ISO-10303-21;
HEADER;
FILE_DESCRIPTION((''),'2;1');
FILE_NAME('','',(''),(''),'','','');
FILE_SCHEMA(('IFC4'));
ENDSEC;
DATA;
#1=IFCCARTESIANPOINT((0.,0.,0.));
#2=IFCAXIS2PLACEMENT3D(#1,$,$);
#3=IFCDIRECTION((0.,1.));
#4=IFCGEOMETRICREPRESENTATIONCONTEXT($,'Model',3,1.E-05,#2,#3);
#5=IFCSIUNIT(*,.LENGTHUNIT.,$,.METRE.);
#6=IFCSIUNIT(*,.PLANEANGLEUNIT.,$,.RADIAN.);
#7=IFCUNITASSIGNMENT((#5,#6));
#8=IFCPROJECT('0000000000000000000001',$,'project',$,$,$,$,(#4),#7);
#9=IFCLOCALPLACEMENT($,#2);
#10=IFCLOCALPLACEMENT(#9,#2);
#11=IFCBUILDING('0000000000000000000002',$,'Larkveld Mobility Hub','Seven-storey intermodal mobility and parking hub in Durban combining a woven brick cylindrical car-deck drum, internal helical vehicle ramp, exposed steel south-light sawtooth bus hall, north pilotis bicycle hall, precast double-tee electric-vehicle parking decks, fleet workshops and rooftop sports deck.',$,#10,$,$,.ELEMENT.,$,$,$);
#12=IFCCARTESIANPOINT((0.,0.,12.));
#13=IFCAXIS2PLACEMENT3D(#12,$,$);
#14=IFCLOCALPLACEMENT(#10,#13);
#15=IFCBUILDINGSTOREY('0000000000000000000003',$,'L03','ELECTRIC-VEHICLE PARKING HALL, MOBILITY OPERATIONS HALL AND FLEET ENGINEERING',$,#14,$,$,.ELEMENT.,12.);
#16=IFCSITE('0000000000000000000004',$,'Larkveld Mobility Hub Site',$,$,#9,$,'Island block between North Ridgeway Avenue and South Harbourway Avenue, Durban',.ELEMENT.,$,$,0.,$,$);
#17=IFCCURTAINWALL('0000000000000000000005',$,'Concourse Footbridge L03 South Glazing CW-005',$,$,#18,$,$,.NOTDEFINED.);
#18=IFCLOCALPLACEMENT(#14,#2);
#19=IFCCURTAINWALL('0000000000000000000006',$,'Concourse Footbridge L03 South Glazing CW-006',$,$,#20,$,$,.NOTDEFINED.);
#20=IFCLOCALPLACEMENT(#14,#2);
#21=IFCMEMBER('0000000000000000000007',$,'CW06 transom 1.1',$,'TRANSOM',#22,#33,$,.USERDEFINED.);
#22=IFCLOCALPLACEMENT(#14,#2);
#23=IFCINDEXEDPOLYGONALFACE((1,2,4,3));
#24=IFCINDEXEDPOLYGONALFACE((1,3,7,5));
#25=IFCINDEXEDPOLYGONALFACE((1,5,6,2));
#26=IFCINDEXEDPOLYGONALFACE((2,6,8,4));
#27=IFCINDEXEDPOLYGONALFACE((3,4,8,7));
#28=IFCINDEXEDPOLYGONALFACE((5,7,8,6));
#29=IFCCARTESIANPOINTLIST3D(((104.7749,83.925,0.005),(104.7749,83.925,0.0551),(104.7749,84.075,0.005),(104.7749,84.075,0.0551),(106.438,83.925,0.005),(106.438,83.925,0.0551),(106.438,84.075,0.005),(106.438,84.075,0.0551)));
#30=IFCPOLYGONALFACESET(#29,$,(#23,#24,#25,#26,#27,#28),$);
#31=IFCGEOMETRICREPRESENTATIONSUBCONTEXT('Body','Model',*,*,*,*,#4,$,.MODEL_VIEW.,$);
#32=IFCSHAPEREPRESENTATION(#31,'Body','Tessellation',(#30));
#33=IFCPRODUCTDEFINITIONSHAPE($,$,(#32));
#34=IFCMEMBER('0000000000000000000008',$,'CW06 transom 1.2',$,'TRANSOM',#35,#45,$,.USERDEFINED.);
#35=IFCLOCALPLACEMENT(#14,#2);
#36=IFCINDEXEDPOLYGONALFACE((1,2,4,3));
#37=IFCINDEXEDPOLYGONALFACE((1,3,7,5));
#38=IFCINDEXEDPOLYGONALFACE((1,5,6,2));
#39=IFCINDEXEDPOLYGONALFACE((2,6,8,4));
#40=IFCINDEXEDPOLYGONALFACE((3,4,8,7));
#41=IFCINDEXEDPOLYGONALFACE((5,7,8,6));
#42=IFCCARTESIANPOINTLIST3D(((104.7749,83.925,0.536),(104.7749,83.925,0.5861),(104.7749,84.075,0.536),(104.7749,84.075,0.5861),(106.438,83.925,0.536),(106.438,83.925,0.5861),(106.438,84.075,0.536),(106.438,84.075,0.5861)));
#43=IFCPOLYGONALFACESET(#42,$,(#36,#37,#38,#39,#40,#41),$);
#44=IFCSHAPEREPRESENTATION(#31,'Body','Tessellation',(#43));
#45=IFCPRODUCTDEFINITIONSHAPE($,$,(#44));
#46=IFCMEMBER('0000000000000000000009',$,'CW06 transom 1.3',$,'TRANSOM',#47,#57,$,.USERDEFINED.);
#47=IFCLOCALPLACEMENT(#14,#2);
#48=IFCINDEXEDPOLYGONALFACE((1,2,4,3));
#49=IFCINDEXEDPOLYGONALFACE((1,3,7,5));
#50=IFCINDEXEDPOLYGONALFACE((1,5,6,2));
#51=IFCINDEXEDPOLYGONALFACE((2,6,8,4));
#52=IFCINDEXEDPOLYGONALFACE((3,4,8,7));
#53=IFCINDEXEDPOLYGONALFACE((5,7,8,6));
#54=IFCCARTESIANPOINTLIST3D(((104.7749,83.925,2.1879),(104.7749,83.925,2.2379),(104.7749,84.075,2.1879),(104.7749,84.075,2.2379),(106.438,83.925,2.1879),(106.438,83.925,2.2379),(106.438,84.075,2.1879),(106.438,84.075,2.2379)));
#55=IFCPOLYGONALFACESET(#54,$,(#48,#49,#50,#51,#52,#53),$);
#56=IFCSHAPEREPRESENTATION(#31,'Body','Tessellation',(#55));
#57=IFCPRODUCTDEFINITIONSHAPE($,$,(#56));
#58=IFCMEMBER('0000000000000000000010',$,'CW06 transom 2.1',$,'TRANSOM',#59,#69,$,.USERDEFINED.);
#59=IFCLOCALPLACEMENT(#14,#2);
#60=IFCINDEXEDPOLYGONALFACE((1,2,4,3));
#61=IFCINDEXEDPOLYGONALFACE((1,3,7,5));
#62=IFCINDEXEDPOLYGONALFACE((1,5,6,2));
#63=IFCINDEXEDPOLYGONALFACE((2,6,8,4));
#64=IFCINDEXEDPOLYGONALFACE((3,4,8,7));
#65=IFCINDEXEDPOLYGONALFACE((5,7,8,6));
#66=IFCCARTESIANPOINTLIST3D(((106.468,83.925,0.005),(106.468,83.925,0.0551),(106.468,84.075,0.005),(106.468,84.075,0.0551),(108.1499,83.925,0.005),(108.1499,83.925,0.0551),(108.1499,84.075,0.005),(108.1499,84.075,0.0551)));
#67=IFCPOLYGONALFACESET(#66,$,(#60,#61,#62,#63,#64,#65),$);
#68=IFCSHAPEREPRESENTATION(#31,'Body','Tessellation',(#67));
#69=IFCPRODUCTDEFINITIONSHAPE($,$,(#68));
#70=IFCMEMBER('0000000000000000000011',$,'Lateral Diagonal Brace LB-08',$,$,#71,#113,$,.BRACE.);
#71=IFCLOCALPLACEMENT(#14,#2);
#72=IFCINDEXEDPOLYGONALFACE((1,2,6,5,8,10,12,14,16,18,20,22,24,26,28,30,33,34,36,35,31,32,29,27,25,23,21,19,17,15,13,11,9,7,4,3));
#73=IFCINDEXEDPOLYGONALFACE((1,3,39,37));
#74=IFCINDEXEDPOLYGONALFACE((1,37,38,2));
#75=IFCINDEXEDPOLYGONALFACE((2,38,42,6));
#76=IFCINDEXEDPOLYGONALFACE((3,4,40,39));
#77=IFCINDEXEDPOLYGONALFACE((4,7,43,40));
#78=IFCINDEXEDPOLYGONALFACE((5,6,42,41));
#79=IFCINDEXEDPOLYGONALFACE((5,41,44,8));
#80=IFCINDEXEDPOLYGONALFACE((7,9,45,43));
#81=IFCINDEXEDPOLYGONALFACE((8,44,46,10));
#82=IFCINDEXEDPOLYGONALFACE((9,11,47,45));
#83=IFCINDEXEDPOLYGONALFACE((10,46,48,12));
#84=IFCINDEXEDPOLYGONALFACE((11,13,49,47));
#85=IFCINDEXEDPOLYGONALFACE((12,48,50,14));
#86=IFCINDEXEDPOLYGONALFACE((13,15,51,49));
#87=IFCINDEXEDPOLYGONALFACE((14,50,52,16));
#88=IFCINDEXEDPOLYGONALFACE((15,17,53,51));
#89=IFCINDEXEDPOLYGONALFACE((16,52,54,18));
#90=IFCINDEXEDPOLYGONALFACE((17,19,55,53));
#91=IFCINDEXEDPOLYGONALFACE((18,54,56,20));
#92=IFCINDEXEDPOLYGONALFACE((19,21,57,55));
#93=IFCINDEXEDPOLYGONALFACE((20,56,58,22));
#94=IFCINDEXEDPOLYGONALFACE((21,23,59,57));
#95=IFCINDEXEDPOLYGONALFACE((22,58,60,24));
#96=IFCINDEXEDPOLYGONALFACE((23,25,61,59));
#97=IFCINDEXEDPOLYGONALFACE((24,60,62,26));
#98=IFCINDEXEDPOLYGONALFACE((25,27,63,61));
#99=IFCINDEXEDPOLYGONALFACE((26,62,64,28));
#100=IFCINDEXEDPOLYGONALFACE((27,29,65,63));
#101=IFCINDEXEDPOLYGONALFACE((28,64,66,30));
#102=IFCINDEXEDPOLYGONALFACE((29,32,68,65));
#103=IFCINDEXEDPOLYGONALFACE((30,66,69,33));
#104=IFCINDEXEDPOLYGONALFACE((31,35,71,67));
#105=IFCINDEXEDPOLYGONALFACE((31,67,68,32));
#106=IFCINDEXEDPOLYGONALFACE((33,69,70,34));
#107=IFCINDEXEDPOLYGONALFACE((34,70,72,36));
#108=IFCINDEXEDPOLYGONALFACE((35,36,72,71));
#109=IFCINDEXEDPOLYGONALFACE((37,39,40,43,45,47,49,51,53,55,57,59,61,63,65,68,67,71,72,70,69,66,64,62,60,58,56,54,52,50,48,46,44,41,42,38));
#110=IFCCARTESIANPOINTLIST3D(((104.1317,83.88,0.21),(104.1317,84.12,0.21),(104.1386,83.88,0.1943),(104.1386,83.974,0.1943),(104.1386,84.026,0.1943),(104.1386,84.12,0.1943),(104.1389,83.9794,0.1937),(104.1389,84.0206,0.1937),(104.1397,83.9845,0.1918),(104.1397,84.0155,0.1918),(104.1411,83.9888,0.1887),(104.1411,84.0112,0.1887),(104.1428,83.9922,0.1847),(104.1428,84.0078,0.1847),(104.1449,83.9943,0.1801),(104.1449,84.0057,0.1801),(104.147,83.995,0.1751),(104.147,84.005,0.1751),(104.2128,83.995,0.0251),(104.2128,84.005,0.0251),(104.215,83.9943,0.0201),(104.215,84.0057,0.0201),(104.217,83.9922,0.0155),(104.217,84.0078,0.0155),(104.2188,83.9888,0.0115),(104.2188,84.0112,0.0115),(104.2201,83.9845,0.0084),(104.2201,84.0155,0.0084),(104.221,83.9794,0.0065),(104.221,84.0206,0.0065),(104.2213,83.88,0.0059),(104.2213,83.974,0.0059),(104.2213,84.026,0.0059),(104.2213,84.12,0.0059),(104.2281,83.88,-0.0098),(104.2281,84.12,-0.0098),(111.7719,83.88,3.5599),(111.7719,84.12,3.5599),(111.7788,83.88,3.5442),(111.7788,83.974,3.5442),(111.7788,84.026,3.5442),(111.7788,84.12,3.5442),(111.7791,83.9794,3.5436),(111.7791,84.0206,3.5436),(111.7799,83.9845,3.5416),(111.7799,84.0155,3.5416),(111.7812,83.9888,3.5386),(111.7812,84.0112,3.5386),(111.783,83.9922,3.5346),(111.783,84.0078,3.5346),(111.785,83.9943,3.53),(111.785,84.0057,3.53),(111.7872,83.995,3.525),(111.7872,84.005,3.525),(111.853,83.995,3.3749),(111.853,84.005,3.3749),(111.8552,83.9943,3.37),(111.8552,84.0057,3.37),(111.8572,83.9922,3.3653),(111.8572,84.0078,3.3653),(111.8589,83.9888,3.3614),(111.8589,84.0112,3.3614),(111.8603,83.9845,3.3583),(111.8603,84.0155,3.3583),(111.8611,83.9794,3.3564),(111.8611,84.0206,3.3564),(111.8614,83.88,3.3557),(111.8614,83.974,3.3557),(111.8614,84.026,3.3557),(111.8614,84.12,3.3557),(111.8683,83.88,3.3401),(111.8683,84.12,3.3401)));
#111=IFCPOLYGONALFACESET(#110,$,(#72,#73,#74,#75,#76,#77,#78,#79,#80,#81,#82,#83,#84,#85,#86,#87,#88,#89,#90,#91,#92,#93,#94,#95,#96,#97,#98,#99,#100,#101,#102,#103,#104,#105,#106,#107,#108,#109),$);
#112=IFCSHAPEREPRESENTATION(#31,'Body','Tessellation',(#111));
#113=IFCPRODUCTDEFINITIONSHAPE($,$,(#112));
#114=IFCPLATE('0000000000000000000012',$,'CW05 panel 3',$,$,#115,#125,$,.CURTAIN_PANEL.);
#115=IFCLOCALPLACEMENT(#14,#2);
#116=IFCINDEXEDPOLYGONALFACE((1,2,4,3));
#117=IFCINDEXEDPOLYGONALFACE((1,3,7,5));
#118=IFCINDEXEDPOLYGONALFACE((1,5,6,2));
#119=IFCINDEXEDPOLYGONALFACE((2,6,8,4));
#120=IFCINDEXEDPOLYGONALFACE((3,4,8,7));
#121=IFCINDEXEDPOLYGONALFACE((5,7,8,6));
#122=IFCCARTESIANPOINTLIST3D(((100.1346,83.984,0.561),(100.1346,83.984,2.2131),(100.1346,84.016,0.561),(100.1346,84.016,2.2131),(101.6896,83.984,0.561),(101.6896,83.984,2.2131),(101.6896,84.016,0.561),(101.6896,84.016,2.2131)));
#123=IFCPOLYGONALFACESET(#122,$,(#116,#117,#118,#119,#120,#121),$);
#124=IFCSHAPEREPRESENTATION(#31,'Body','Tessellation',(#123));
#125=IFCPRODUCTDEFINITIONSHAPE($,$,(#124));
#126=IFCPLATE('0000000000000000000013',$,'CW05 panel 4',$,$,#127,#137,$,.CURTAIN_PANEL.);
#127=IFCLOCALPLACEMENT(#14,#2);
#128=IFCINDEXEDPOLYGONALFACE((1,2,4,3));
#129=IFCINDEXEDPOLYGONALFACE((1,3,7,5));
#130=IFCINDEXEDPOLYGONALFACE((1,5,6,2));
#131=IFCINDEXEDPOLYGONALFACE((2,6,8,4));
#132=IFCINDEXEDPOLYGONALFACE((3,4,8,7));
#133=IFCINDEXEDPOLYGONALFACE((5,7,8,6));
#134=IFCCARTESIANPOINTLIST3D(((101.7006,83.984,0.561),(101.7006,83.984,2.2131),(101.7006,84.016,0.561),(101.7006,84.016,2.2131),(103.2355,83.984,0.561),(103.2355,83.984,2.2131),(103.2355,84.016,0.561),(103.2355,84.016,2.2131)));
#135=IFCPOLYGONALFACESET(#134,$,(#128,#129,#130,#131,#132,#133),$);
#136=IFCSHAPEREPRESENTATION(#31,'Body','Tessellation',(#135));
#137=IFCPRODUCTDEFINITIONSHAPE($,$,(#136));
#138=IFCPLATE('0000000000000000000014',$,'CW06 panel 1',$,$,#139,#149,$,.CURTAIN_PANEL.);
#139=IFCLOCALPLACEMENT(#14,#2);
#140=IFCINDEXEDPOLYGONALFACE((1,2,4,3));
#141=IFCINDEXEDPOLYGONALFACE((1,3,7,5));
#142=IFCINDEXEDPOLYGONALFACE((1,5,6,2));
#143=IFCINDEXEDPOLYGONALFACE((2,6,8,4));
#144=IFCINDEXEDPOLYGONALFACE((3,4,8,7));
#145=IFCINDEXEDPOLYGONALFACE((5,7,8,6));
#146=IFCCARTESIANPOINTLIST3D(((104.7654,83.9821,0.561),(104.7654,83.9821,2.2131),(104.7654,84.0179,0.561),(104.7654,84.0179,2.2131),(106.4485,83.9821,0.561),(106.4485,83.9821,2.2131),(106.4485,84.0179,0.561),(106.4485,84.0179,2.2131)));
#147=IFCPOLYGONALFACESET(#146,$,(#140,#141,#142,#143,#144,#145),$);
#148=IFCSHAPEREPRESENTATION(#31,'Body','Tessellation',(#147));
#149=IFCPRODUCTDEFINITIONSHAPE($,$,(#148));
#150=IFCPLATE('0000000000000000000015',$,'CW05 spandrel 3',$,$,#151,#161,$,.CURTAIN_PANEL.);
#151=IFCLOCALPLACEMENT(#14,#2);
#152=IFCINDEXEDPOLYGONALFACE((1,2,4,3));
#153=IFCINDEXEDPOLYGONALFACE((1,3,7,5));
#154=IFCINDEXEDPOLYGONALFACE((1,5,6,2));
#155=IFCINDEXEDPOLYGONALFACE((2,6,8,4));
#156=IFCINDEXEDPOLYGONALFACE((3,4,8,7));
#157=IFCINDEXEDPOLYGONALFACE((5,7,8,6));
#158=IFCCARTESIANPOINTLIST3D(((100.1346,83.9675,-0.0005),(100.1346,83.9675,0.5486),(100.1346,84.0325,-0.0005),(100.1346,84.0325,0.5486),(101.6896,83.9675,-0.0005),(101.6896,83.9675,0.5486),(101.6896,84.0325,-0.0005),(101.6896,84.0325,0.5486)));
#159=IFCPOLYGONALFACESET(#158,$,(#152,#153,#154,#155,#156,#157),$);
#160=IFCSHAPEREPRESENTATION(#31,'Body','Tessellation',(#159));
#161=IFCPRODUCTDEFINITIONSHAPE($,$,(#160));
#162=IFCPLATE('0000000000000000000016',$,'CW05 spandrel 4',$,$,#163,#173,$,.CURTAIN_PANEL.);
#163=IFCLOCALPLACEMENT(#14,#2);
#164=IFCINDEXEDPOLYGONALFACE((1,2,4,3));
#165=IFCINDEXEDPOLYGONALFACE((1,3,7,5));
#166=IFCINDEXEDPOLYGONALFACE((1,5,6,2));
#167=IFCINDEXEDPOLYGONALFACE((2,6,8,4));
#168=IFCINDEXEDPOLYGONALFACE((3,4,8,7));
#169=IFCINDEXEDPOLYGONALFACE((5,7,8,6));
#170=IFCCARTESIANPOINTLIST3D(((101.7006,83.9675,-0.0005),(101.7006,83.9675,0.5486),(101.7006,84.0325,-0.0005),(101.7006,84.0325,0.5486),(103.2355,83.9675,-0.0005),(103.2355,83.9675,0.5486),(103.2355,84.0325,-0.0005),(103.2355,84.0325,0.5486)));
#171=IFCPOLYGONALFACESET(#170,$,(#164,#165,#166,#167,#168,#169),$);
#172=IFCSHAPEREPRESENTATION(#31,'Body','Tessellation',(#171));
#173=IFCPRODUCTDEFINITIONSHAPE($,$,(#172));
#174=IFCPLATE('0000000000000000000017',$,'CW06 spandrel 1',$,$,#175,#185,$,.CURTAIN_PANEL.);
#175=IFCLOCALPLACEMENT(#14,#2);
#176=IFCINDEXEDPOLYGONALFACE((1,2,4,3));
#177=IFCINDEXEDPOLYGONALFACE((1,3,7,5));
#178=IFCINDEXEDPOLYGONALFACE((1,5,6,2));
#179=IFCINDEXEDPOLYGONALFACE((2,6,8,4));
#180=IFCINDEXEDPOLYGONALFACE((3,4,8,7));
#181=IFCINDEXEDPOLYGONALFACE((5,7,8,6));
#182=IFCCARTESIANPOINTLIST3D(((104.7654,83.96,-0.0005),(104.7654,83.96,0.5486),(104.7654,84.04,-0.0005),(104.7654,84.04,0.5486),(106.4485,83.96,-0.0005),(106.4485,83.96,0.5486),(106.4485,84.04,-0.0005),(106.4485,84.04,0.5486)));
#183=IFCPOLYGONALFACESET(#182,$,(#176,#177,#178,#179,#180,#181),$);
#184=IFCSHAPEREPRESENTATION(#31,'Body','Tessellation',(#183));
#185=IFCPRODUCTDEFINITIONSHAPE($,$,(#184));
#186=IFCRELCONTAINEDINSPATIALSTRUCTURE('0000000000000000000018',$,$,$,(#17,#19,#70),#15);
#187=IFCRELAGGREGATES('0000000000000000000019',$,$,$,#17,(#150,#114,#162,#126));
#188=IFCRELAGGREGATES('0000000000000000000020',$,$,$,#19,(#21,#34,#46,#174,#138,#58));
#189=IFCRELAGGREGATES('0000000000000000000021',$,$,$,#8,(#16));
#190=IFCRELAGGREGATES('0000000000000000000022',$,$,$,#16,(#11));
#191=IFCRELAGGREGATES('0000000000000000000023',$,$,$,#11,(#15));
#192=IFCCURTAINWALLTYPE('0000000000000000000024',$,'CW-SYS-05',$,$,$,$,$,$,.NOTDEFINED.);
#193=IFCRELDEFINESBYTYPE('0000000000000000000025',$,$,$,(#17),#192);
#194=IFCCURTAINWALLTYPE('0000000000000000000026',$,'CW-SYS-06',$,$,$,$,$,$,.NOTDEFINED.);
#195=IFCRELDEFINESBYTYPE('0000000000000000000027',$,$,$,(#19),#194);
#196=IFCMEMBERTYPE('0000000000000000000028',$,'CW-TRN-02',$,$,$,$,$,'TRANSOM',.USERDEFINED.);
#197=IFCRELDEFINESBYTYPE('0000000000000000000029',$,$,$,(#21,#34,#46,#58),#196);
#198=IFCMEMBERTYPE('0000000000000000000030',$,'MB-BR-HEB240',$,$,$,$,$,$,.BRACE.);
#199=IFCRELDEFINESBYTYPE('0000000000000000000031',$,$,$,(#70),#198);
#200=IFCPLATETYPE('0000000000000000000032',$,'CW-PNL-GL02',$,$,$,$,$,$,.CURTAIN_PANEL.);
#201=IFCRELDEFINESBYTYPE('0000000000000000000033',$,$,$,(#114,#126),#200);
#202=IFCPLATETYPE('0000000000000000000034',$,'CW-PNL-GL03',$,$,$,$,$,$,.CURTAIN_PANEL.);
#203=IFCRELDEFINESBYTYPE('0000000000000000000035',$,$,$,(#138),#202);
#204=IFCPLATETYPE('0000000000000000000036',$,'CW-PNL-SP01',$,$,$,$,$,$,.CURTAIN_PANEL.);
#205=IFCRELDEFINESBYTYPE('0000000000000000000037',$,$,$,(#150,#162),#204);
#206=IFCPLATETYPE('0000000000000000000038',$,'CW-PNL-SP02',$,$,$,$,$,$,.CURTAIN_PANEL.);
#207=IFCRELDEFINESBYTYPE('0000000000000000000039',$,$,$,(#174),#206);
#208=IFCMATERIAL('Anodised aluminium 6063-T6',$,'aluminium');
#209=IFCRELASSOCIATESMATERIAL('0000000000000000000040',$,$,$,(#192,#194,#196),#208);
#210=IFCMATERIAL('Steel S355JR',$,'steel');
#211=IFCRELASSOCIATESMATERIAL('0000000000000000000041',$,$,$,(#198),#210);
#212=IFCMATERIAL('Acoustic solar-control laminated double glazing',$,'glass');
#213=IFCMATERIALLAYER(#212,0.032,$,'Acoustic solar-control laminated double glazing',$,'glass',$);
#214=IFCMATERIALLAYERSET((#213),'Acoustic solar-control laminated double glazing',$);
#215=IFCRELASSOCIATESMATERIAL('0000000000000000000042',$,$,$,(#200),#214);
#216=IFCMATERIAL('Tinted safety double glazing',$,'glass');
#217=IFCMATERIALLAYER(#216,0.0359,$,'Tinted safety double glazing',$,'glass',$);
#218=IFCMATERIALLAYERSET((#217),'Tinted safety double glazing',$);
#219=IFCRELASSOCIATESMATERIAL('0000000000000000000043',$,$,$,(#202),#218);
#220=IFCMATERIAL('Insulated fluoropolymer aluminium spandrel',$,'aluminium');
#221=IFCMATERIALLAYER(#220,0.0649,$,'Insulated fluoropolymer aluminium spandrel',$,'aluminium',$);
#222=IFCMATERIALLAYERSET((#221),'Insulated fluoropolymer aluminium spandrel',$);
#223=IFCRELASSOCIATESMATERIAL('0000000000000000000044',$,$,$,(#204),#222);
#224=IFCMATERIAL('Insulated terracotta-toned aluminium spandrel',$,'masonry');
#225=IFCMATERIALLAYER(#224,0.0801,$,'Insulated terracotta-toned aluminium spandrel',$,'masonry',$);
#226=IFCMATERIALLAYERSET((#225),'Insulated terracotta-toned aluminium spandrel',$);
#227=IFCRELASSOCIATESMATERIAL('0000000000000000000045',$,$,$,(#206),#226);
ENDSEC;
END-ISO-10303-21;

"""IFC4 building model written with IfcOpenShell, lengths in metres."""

from ifc_helpers import new_model, si_unit, direction, frame, origin, origin_2d, place, context, subcontext, project, spatial, rectangle, i_section, extrude, material, layer, layer_set, material_profile, profile_set, type_object, element, aggregate, save


model = new_model("IFC4")

# Units and contexts
model_context = context("Model", 3, precision=1e-05, world=origin(), true_north=direction((0.0, 1.0)))
body_context = subcontext(model_context, "Body", "Model", "MODEL_VIEW")
ifc_project = project(units=[si_unit("LENGTHUNIT", "METRE"), si_unit("PLANEANGLEUNIT", "RADIAN")], contexts=[model_context])

# Site, building, storey
site_placement = place(None, origin())
site = spatial("IfcSite", under=ifc_project, at=site_placement, Name="Larkveld Mobility Hub Site", LongName="Island block between North Ridgeway Avenue and South Harbourway Avenue, Durban", CompositionType="ELEMENT", RefElevation=0.0)
building_placement = place(site_placement, origin())
building = spatial("IfcBuilding", under=site, at=building_placement, Name="Larkveld Mobility Hub", Description="Seven-storey intermodal mobility and parking hub in Durban combining a woven brick cylindrical car-deck drum, internal helical vehicle ramp, exposed steel south-light sawtooth bus hall, north pilotis bicycle hall, precast double-tee electric-vehicle parking decks, fleet workshops and rooftop sports deck.", CompositionType="ELEMENT")
storey_placement = place(building_placement, frame((0.0, 0.0, 12.0)))
storey = spatial("IfcBuildingStorey", under=building, at=storey_placement, Name="L03", Description="ELECTRIC-VEHICLE PARKING HALL, MOBILITY OPERATIONS HALL AND FLEET ENGINEERING", CompositionType="ELEMENT", Elevation=12.0)

# Curtain walls
ifc_material_1 = material(Name="Anodised aluminium 6063-T6", Category="aluminium")
curtain_wall_type_1 = type_object("IfcCurtainWallType", Name="CW-SYS-05", PredefinedType="NOTDEFINED", material=ifc_material_1)
curtain_wall_1_placement = place(storey_placement, origin())
curtain_wall_1 = element("IfcCurtainWall", 1, at=curtain_wall_1_placement, inside=storey, type_object=curtain_wall_type_1, Name="Concourse Footbridge L03 South Glazing CW-005", PredefinedType="NOTDEFINED")
curtain_wall_type_2 = type_object("IfcCurtainWallType", Name="CW-SYS-06", PredefinedType="NOTDEFINED", material=ifc_material_1)
curtain_wall_2_placement = place(storey_placement, origin())
curtain_wall_2 = element("IfcCurtainWall", 2, at=curtain_wall_2_placement, inside=storey, type_object=curtain_wall_type_2, Name="Concourse Footbridge L03 South Glazing CW-006", PredefinedType="NOTDEFINED")

# Members
ifc_material_profile_1 = material_profile(ifc_material_1, rectangle(XDim=0.1499, YDim=0.05, at=origin_2d()), Name="ALU TRAN 50x150")
ifc_profile_set_1 = profile_set([ifc_material_profile_1], Name="Anodised aluminium 6063-T6")
member_type_1 = type_object("IfcMemberType", Name="CW-TRN-02", ElementType="TRANSOM", PredefinedType="USERDEFINED", material=ifc_profile_set_1)
member_1_placement = place(storey_placement, frame((104.7749, 84.0, 0.03), z_axis=(1.0, 0.0, 0.0), x_axis=(0.0, 1.0, 0.0)))
member_1 = element("IfcMember", 3, at=member_1_placement, type_object=member_type_1, Name="CW06 transom 1.1", ObjectType="TRANSOM", PredefinedType="USERDEFINED", context=body_context, shape_type="SweptSolid", body=[
    extrude(rectangle(XDim=0.1499, YDim=0.05, at=origin_2d()), origin(), (0.0, 0.0, 1.0), 1.6631),
])
member_2_placement = place(storey_placement, frame((104.7749, 84.0, 0.561), z_axis=(1.0, 0.0, 0.0), x_axis=(0.0, 1.0, 0.0)))
member_2 = element("IfcMember", 4, at=member_2_placement, type_object=member_type_1, Name="CW06 transom 1.2", ObjectType="TRANSOM", PredefinedType="USERDEFINED", context=body_context, shape_type="SweptSolid", body=[
    extrude(rectangle(XDim=0.1499, YDim=0.05, at=origin_2d()), origin(), (0.0, 0.0, 1.0), 1.6631),
])
member_3_placement = place(storey_placement, frame((104.7749, 84.0, 2.2129), z_axis=(1.0, 0.0, 0.0), x_axis=(0.0, 1.0, 0.0)))
member_3 = element("IfcMember", 5, at=member_3_placement, type_object=member_type_1, Name="CW06 transom 1.3", ObjectType="TRANSOM", PredefinedType="USERDEFINED", context=body_context, shape_type="SweptSolid", body=[
    extrude(rectangle(XDim=0.1499, YDim=0.05, at=origin_2d()), origin(), (0.0, 0.0, 1.0), 1.6631),
])
member_4_placement = place(storey_placement, frame((106.468, 84.0, 0.03), z_axis=(1.0, 0.0, 0.0), x_axis=(0.0, 1.0, 0.0)))
member_4 = element("IfcMember", 6, at=member_4_placement, type_object=member_type_1, Name="CW06 transom 2.1", ObjectType="TRANSOM", PredefinedType="USERDEFINED", context=body_context, shape_type="SweptSolid", body=[
    extrude(rectangle(XDim=0.1499, YDim=0.05, at=origin_2d()), origin(), (0.0, 0.0, 1.0), 1.6819),
])
ifc_material_2 = material(Name="Steel S355JR", Category="steel")
ifc_material_profile_2 = material_profile(ifc_material_2, i_section(OverallWidth=0.24, OverallDepth=0.24, WebThickness=0.01, FlangeThickness=0.0171, FilletRadius=0.021, at=origin_2d()), Name="HEB 240")
ifc_profile_set_2 = profile_set([ifc_material_profile_2], Name="Steel S355JR")
member_type_2 = type_object("IfcMemberType", Name="MB-BR-HEB240", PredefinedType="BRACE", material=ifc_profile_set_2)
member_5_placement = place(storey_placement, frame((104.1799, 84.0, 0.1001), z_axis=(0.915836, 0.0, 0.401553), x_axis=(0.0, 1.0, 0.0)))
element("IfcMember", 7, at=member_5_placement, inside=storey, type_object=member_type_2, Name="Lateral Diagonal Brace LB-08", PredefinedType="BRACE", context=body_context, shape_type="SweptSolid", body=[
    extrude(i_section(OverallWidth=0.24, OverallDepth=0.24, WebThickness=0.01, FlangeThickness=0.0171, FilletRadius=0.021, at=origin_2d()), origin(), (0.0, 0.0, 1.0), 8.3423),
])

# Plates
ifc_material_3 = material(Name="Acoustic solar-control laminated double glazing", Category="glass")
ifc_layer_1 = layer(ifc_material_3, 0.032, Name="Acoustic solar-control laminated double glazing", Category="glass")
ifc_layer_set_1 = layer_set([ifc_layer_1], Name="Acoustic solar-control laminated double glazing")
plate_type_1 = type_object("IfcPlateType", Name="CW-PNL-GL02", PredefinedType="CURTAIN_PANEL", material=ifc_layer_set_1)
plate_1_placement = place(storey_placement, frame((100.9121, 84.0, 0.561), z_axis=(0.0, 0.0, 1.0), x_axis=(1.0, 0.0, 0.0)))
plate_1 = element("IfcPlate", 8, at=plate_1_placement, type_object=plate_type_1, Name="CW05 panel 3", PredefinedType="CURTAIN_PANEL", context=body_context, shape_type="SweptSolid", body=[
    extrude(rectangle(XDim=1.5549, YDim=0.032, at=origin_2d()), origin(), (0.0, 0.0, 1.0), 1.6521),
])
plate_2_placement = place(storey_placement, frame((102.468, 84.0, 0.561), z_axis=(0.0, 0.0, 1.0), x_axis=(1.0, 0.0, 0.0)))
plate_2 = element("IfcPlate", 9, at=plate_2_placement, type_object=plate_type_1, Name="CW05 panel 4", PredefinedType="CURTAIN_PANEL", context=body_context, shape_type="SweptSolid", body=[
    extrude(rectangle(XDim=1.5349, YDim=0.032, at=origin_2d()), origin(), (0.0, 0.0, 1.0), 1.6521),
])
ifc_material_4 = material(Name="Tinted safety double glazing", Category="glass")
ifc_layer_2 = layer(ifc_material_4, 0.0359, Name="Tinted safety double glazing", Category="glass")
ifc_layer_set_2 = layer_set([ifc_layer_2], Name="Tinted safety double glazing")
plate_type_2 = type_object("IfcPlateType", Name="CW-PNL-GL03", PredefinedType="CURTAIN_PANEL", material=ifc_layer_set_2)
plate_3_placement = place(storey_placement, frame((105.6069, 84.0, 0.561), z_axis=(0.0, 0.0, 1.0), x_axis=(1.0, 0.0, 0.0)))
plate_3 = element("IfcPlate", 10, at=plate_3_placement, type_object=plate_type_2, Name="CW06 panel 1", PredefinedType="CURTAIN_PANEL", context=body_context, shape_type="SweptSolid", body=[
    extrude(rectangle(XDim=1.6831, YDim=0.0359, at=origin_2d()), origin(), (0.0, 0.0, 1.0), 1.6521),
])
ifc_material_5 = material(Name="Insulated fluoropolymer aluminium spandrel", Category="aluminium")
ifc_layer_3 = layer(ifc_material_5, 0.0649, Name="Insulated fluoropolymer aluminium spandrel", Category="aluminium")
ifc_layer_set_3 = layer_set([ifc_layer_3], Name="Insulated fluoropolymer aluminium spandrel")
plate_type_3 = type_object("IfcPlateType", Name="CW-PNL-SP01", PredefinedType="CURTAIN_PANEL", material=ifc_layer_set_3)
plate_4_placement = place(storey_placement, frame((100.9121, 84.0, -0.0005), z_axis=(0.0, 0.0, 1.0), x_axis=(1.0, 0.0, 0.0)))
plate_4 = element("IfcPlate", 11, at=plate_4_placement, type_object=plate_type_3, Name="CW05 spandrel 3", PredefinedType="CURTAIN_PANEL", context=body_context, shape_type="SweptSolid", body=[
    extrude(rectangle(XDim=1.5549, YDim=0.0649, at=origin_2d()), origin(), (0.0, 0.0, 1.0), 0.5491),
])
plate_5_placement = place(storey_placement, frame((102.468, 84.0, -0.0005), z_axis=(0.0, 0.0, 1.0), x_axis=(1.0, 0.0, 0.0)))
plate_5 = element("IfcPlate", 12, at=plate_5_placement, type_object=plate_type_3, Name="CW05 spandrel 4", PredefinedType="CURTAIN_PANEL", context=body_context, shape_type="SweptSolid", body=[
    extrude(rectangle(XDim=1.5349, YDim=0.0649, at=origin_2d()), origin(), (0.0, 0.0, 1.0), 0.5491),
])
aggregate(curtain_wall_1, [plate_4, plate_1, plate_5, plate_2])
ifc_material_6 = material(Name="Insulated terracotta-toned aluminium spandrel", Category="masonry")
ifc_layer_4 = layer(ifc_material_6, 0.0801, Name="Insulated terracotta-toned aluminium spandrel", Category="masonry")
ifc_layer_set_4 = layer_set([ifc_layer_4], Name="Insulated terracotta-toned aluminium spandrel")
plate_type_4 = type_object("IfcPlateType", Name="CW-PNL-SP02", PredefinedType="CURTAIN_PANEL", material=ifc_layer_set_4)
plate_6_placement = place(storey_placement, frame((105.6069, 84.0, -0.0005), z_axis=(0.0, 0.0, 1.0), x_axis=(1.0, 0.0, 0.0)))
plate_6 = element("IfcPlate", 13, at=plate_6_placement, type_object=plate_type_4, Name="CW06 spandrel 1", PredefinedType="CURTAIN_PANEL", context=body_context, shape_type="SweptSolid", body=[
    extrude(rectangle(XDim=1.6831, YDim=0.0801, at=origin_2d()), origin(), (0.0, 0.0, 1.0), 0.5491),
])
aggregate(curtain_wall_2, [member_1, member_2, member_3, plate_6, plate_3, member_4])

save(model, "model.ifc")
